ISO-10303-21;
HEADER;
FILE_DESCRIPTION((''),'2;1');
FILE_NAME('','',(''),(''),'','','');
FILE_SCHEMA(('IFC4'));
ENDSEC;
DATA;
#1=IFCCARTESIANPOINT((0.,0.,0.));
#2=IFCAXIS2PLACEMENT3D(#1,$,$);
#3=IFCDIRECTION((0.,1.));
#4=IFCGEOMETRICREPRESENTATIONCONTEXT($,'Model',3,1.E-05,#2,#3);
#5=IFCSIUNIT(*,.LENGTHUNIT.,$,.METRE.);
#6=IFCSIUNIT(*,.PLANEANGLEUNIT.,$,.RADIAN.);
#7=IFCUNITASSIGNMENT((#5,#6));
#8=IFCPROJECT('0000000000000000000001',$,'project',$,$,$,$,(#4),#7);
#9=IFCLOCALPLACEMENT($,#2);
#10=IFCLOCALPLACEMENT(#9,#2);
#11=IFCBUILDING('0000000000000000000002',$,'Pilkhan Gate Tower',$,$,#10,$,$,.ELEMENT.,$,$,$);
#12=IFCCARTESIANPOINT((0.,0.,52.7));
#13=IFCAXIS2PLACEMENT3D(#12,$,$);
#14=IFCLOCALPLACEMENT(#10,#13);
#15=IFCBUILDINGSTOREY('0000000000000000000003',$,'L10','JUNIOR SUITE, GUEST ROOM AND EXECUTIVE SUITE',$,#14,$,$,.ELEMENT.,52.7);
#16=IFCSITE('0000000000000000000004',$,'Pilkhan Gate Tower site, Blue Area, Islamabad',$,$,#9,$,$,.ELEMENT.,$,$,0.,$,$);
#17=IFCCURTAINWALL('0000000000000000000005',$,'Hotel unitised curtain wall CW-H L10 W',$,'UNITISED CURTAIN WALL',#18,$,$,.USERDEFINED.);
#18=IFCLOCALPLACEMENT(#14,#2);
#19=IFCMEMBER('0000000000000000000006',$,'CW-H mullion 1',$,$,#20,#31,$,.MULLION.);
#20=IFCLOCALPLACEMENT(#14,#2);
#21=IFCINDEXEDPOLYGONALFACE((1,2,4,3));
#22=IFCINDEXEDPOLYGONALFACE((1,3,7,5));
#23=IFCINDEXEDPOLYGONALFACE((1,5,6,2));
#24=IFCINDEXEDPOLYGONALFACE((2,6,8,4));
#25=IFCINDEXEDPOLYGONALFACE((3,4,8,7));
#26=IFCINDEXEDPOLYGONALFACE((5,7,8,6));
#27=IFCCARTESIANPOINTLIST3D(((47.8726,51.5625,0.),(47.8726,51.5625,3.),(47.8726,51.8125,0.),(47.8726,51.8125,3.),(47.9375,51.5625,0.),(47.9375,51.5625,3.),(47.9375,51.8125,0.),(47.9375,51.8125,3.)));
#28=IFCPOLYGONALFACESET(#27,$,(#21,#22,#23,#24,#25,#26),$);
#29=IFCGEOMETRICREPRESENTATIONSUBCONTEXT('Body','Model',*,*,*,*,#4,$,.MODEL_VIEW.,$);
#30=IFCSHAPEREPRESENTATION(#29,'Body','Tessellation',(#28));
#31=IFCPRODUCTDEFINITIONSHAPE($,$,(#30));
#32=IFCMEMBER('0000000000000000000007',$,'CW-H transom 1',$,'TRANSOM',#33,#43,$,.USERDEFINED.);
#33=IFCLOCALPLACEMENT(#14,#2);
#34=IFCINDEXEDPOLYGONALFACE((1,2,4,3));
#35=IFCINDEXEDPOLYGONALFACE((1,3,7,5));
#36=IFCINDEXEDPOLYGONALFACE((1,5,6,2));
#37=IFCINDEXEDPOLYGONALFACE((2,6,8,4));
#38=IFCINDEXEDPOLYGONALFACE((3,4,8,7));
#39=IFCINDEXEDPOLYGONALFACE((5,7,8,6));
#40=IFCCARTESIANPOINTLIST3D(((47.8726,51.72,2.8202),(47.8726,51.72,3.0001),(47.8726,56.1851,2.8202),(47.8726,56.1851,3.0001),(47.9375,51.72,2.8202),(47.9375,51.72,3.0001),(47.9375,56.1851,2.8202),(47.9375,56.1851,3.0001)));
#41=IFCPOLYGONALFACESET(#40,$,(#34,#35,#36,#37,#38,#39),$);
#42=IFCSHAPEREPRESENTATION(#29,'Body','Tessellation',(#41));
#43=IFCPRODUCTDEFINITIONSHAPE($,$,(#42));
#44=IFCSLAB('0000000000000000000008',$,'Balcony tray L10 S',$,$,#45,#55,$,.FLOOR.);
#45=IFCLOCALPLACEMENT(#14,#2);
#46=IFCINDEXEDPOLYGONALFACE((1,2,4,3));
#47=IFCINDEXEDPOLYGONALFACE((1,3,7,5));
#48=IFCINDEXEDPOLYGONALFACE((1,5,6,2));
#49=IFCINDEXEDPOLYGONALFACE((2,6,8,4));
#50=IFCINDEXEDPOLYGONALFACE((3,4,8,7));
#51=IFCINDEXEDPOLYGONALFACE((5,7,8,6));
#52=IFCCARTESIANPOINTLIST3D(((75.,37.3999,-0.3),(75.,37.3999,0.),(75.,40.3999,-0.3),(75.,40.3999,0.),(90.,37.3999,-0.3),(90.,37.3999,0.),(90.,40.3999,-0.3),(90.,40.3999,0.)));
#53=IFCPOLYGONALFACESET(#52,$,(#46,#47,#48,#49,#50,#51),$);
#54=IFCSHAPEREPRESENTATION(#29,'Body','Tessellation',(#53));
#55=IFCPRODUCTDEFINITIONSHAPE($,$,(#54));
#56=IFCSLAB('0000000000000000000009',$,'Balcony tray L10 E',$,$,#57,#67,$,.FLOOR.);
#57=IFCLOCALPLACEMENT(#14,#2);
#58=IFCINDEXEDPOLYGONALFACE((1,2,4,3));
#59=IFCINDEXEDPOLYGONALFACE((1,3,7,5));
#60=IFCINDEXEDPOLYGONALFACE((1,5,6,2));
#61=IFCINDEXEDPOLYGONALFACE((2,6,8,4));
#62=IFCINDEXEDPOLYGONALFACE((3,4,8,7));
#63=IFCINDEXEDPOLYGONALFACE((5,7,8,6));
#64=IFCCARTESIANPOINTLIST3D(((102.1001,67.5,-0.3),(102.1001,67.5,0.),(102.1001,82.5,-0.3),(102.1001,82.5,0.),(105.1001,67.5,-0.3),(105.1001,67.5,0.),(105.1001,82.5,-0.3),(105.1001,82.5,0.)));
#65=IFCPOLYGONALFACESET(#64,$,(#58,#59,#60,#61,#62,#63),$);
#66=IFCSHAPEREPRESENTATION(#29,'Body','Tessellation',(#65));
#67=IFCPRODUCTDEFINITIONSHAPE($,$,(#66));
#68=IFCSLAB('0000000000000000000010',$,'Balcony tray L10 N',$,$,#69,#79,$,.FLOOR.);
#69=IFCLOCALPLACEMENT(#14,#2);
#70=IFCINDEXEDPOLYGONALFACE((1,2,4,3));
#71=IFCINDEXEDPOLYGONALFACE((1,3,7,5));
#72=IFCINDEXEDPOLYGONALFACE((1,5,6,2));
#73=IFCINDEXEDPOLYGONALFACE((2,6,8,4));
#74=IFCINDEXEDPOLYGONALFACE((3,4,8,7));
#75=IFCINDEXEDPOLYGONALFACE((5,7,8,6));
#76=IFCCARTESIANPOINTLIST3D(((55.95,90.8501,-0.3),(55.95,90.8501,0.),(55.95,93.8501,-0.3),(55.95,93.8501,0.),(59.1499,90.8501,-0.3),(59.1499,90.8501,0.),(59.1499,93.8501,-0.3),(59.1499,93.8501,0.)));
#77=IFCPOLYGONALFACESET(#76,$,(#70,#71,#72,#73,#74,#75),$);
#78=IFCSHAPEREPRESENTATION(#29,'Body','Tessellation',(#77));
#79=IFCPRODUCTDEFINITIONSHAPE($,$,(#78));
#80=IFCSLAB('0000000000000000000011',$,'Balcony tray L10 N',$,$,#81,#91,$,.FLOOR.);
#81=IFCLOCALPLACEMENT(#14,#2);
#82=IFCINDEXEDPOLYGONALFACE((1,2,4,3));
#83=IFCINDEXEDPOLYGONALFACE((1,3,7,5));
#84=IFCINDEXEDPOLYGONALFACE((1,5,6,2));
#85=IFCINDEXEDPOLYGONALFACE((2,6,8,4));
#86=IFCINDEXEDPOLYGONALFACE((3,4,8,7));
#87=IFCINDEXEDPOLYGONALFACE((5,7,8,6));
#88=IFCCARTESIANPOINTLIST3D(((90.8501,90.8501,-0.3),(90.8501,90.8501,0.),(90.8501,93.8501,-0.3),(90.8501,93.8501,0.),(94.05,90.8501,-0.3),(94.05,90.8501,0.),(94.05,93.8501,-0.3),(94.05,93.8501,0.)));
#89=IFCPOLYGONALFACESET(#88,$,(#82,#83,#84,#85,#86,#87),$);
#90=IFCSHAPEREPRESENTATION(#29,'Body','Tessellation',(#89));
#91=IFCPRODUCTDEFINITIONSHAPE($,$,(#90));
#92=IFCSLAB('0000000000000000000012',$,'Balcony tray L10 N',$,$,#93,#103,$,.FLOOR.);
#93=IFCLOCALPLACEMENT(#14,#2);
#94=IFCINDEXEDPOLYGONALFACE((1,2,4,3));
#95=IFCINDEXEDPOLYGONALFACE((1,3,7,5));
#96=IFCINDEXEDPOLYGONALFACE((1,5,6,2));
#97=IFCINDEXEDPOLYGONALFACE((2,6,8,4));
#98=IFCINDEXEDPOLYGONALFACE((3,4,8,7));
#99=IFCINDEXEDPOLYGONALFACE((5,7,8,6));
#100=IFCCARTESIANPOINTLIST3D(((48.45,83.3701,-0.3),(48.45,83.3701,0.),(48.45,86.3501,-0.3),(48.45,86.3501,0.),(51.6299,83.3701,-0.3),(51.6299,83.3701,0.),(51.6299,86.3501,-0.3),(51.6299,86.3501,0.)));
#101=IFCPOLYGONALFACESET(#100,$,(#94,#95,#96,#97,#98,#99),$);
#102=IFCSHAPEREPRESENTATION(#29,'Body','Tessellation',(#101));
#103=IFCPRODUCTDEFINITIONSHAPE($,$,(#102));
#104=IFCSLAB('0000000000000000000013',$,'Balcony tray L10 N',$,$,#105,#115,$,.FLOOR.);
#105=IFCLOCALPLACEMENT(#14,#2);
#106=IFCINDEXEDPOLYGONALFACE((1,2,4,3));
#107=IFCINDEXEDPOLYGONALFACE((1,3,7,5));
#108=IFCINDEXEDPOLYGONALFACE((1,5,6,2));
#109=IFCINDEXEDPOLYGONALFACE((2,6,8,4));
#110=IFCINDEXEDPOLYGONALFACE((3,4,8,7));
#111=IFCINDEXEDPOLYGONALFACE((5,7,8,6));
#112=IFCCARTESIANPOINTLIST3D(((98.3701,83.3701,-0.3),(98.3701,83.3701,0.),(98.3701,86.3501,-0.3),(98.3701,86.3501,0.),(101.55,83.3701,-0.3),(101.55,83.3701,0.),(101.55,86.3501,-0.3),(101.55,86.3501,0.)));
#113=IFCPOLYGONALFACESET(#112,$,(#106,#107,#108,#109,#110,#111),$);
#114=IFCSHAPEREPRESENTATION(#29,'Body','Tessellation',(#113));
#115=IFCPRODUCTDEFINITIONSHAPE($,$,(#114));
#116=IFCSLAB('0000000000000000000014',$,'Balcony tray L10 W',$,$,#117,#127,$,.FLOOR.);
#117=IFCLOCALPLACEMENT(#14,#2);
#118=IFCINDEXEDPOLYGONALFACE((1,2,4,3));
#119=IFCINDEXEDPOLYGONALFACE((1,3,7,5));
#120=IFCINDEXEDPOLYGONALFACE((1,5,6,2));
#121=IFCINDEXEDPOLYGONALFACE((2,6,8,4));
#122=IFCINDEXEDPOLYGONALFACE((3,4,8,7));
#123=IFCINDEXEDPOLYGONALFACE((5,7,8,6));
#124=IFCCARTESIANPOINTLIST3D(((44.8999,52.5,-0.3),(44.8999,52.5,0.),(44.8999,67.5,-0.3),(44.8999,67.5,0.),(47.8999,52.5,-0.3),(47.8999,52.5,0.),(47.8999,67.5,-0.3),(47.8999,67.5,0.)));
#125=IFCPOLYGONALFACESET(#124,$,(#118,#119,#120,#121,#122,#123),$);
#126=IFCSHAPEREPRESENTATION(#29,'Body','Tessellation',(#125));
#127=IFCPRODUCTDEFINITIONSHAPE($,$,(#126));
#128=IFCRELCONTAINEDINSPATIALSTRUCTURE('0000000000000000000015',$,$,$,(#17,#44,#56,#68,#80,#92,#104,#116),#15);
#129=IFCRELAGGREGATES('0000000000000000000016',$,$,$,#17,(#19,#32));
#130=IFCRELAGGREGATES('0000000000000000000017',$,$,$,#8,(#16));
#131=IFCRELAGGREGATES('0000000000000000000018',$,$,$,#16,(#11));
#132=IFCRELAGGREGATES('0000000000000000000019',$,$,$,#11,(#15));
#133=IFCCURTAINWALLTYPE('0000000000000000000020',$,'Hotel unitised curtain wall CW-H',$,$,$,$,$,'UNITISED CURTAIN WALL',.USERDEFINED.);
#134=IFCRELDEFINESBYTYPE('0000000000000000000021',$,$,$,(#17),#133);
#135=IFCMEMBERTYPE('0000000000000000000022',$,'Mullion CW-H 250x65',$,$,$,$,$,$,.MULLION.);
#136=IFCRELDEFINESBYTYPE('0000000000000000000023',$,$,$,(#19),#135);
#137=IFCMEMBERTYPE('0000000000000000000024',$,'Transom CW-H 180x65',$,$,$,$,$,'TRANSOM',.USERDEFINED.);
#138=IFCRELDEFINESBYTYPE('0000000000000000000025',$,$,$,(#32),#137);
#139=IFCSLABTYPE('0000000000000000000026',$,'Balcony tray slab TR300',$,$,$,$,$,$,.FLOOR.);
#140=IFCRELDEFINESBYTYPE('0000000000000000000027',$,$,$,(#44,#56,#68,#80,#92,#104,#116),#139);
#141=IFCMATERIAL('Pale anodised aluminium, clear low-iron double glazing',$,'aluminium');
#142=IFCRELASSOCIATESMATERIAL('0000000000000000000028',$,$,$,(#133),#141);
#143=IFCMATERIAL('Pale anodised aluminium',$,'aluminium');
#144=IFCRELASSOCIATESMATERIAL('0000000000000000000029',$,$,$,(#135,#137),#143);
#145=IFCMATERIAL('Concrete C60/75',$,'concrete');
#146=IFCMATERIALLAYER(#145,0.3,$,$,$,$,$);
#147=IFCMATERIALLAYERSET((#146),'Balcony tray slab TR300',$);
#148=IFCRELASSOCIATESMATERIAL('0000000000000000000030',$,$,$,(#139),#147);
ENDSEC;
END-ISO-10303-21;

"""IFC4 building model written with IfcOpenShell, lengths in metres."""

from ifc_helpers import new_model, si_unit, direction, frame, origin, origin_2d, place, context, subcontext, project, spatial, polyline, rectangle, outline, extrude, material, layer, layer_set, material_profile, profile_set, type_object, element, aggregate, save


model = new_model("IFC4")

# Units and contexts
model_context = context("Model", 3, precision=1e-05, world=origin(), true_north=direction((0.0, 1.0)))
body_context = subcontext(model_context, "Body", "Model", "MODEL_VIEW")
ifc_project = project(units=[si_unit("LENGTHUNIT", "METRE"), si_unit("PLANEANGLEUNIT", "RADIAN")], contexts=[model_context])

# Site, building, storey
site_placement = place(None, origin())
site = spatial("IfcSite", under=ifc_project, at=site_placement, Name="Pilkhan Gate Tower site, Blue Area, Islamabad", CompositionType="ELEMENT", RefElevation=0.0)
building_placement = place(site_placement, origin())
building = spatial("IfcBuilding", under=site, at=building_placement, Name="Pilkhan Gate Tower", CompositionType="ELEMENT")
storey_placement = place(building_placement, frame((0.0, 0.0, 52.7)))
storey = spatial("IfcBuildingStorey", under=building, at=storey_placement, Name="L10", Description="JUNIOR SUITE, GUEST ROOM AND EXECUTIVE SUITE", CompositionType="ELEMENT", Elevation=52.7)

# Curtain wall, members
ifc_material_1 = material(Name="Pale anodised aluminium, clear low-iron double glazing", Category="aluminium")
curtain_wall_type = type_object("IfcCurtainWallType", Name="Hotel unitised curtain wall CW-H", ElementType="UNITISED CURTAIN WALL", PredefinedType="USERDEFINED", material=ifc_material_1)
curtain_wall_placement = place(storey_placement, origin())
curtain_wall = element("IfcCurtainWall", 1, at=curtain_wall_placement, inside=storey, type_object=curtain_wall_type, Name="Hotel unitised curtain wall CW-H L10 W", ObjectType="UNITISED CURTAIN WALL", PredefinedType="USERDEFINED")
ifc_material_2 = material(Name="Pale anodised aluminium", Category="aluminium")
ifc_material_profile_1 = material_profile(ifc_material_2, rectangle(XDim=0.0649, YDim=0.25, at=origin_2d()), Name="Mullion 250x65")
ifc_profile_set_1 = profile_set([ifc_material_profile_1], Name="Pale anodised aluminium")
member_type_1 = type_object("IfcMemberType", Name="Mullion CW-H 250x65", PredefinedType="MULLION", material=ifc_profile_set_1)
member_1_placement = place(storey_placement, frame((47.905, 51.6875, 0.0), z_axis=(0.0, 0.0, 1.0), x_axis=(-1.0, 0.0, 0.0)))
member_1 = element("IfcMember", 2, at=member_1_placement, type_object=member_type_1, Name="CW-H mullion 1", PredefinedType="MULLION", context=body_context, shape_type="SweptSolid", body=[
    extrude(rectangle(XDim=0.0649, YDim=0.25, at=origin_2d()), origin(), (0.0, 0.0, 1.0), 3.0),
])
ifc_material_profile_2 = material_profile(ifc_material_2, rectangle(XDim=0.0649, YDim=0.1799, at=origin_2d()), Name="Transom 180x65")
ifc_profile_set_2 = profile_set([ifc_material_profile_2], Name="Pale anodised aluminium")
member_type_2 = type_object("IfcMemberType", Name="Transom CW-H 180x65", ElementType="TRANSOM", PredefinedType="USERDEFINED", material=ifc_profile_set_2)
member_2_placement = place(storey_placement, frame((47.905, 51.72, 2.9102), z_axis=(0.0, 1.0, 0.0), x_axis=(-1.0, 0.0, 0.0)))
member_2 = element("IfcMember", 3, at=member_2_placement, type_object=member_type_2, Name="CW-H transom 1", ObjectType="TRANSOM", PredefinedType="USERDEFINED", context=body_context, shape_type="SweptSolid", body=[
    extrude(rectangle(XDim=0.0649, YDim=0.1799, at=origin_2d()), origin(), (0.0, 0.0, 1.0), 4.4651),
])
aggregate(curtain_wall, [member_1, member_2])

# Slabs
ifc_material_3 = material(Name="Concrete C60/75", Category="concrete")
ifc_layer_1 = layer(ifc_material_3, 0.3)
ifc_layer_set_1 = layer_set([ifc_layer_1], Name="Balcony tray slab TR300")
slab_type_1 = type_object("IfcSlabType", Name="Balcony tray slab TR300", PredefinedType="FLOOR", material=ifc_layer_set_1)
slab_1_placement = place(storey_placement, frame((0.0, 0.0, -0.3)))
element("IfcSlab", 4, at=slab_1_placement, inside=storey, type_object=slab_type_1, Name="Balcony tray L10 S", PredefinedType="FLOOR", context=body_context, shape_type="SweptSolid", body=[
    extrude(outline(polyline([(90.0, 37.3999), (90.0, 40.3999), (75.0, 40.3999), (75.0, 37.3999), (90.0, 37.3999)])), origin(), (0.0, 0.0, 1.0), 0.3),
])
slab_2_placement = place(storey_placement, frame((0.0, 0.0, -0.3)))
element("IfcSlab", 5, at=slab_2_placement, inside=storey, type_object=slab_type_1, Name="Balcony tray L10 E", PredefinedType="FLOOR", context=body_context, shape_type="SweptSolid", body=[
    extrude(outline(polyline([(105.1001, 67.5), (105.1001, 82.5), (102.1001, 82.5), (102.1001, 67.5), (105.1001, 67.5)])), origin(), (0.0, 0.0, 1.0), 0.3),
])
slab_3_placement = place(storey_placement, frame((0.0, 0.0, -0.3)))
element("IfcSlab", 6, at=slab_3_placement, inside=storey, type_object=slab_type_1, Name="Balcony tray L10 N", PredefinedType="FLOOR", context=body_context, shape_type="SweptSolid", body=[
    extrude(outline(polyline([(59.1499, 90.8501), (59.1499, 93.8501), (55.95, 93.8501), (55.95, 90.8501), (59.1499, 90.8501)])), origin(), (0.0, 0.0, 1.0), 0.3),
])
slab_4_placement = place(storey_placement, frame((0.0, 0.0, -0.3)))
element("IfcSlab", 7, at=slab_4_placement, inside=storey, type_object=slab_type_1, Name="Balcony tray L10 N", PredefinedType="FLOOR", context=body_context, shape_type="SweptSolid", body=[
    extrude(outline(polyline([(94.05, 90.8501), (94.05, 93.8501), (90.8501, 93.8501), (90.8501, 90.8501), (94.05, 90.8501)])), origin(), (0.0, 0.0, 1.0), 0.3),
])
slab_5_placement = place(storey_placement, frame((0.0, 0.0, -0.3)))
element("IfcSlab", 8, at=slab_5_placement, inside=storey, type_object=slab_type_1, Name="Balcony tray L10 N", PredefinedType="FLOOR", context=body_context, shape_type="SweptSolid", body=[
    extrude(outline(polyline([(51.6299, 83.3701), (51.6299, 86.3501), (48.45, 86.3501), (48.45, 83.3701), (51.6299, 83.3701)])), origin(), (0.0, 0.0, 1.0), 0.3),
])
slab_6_placement = place(storey_placement, frame((0.0, 0.0, -0.3)))
element("IfcSlab", 9, at=slab_6_placement, inside=storey, type_object=slab_type_1, Name="Balcony tray L10 N", PredefinedType="FLOOR", context=body_context, shape_type="SweptSolid", body=[
    extrude(outline(polyline([(101.55, 83.3701), (101.55, 86.3501), (98.3701, 86.3501), (98.3701, 83.3701), (101.55, 83.3701)])), origin(), (0.0, 0.0, 1.0), 0.3),
])
slab_7_placement = place(storey_placement, frame((0.0, 0.0, -0.3)))
element("IfcSlab", 10, at=slab_7_placement, inside=storey, type_object=slab_type_1, Name="Balcony tray L10 W", PredefinedType="FLOOR", context=body_context, shape_type="SweptSolid", body=[
    extrude(outline(polyline([(47.8999, 52.5), (47.8999, 67.5), (44.8999, 67.5), (44.8999, 52.5), (47.8999, 52.5)])), origin(), (0.0, 0.0, 1.0), 0.3),
])

save(model, "model.ifc")
